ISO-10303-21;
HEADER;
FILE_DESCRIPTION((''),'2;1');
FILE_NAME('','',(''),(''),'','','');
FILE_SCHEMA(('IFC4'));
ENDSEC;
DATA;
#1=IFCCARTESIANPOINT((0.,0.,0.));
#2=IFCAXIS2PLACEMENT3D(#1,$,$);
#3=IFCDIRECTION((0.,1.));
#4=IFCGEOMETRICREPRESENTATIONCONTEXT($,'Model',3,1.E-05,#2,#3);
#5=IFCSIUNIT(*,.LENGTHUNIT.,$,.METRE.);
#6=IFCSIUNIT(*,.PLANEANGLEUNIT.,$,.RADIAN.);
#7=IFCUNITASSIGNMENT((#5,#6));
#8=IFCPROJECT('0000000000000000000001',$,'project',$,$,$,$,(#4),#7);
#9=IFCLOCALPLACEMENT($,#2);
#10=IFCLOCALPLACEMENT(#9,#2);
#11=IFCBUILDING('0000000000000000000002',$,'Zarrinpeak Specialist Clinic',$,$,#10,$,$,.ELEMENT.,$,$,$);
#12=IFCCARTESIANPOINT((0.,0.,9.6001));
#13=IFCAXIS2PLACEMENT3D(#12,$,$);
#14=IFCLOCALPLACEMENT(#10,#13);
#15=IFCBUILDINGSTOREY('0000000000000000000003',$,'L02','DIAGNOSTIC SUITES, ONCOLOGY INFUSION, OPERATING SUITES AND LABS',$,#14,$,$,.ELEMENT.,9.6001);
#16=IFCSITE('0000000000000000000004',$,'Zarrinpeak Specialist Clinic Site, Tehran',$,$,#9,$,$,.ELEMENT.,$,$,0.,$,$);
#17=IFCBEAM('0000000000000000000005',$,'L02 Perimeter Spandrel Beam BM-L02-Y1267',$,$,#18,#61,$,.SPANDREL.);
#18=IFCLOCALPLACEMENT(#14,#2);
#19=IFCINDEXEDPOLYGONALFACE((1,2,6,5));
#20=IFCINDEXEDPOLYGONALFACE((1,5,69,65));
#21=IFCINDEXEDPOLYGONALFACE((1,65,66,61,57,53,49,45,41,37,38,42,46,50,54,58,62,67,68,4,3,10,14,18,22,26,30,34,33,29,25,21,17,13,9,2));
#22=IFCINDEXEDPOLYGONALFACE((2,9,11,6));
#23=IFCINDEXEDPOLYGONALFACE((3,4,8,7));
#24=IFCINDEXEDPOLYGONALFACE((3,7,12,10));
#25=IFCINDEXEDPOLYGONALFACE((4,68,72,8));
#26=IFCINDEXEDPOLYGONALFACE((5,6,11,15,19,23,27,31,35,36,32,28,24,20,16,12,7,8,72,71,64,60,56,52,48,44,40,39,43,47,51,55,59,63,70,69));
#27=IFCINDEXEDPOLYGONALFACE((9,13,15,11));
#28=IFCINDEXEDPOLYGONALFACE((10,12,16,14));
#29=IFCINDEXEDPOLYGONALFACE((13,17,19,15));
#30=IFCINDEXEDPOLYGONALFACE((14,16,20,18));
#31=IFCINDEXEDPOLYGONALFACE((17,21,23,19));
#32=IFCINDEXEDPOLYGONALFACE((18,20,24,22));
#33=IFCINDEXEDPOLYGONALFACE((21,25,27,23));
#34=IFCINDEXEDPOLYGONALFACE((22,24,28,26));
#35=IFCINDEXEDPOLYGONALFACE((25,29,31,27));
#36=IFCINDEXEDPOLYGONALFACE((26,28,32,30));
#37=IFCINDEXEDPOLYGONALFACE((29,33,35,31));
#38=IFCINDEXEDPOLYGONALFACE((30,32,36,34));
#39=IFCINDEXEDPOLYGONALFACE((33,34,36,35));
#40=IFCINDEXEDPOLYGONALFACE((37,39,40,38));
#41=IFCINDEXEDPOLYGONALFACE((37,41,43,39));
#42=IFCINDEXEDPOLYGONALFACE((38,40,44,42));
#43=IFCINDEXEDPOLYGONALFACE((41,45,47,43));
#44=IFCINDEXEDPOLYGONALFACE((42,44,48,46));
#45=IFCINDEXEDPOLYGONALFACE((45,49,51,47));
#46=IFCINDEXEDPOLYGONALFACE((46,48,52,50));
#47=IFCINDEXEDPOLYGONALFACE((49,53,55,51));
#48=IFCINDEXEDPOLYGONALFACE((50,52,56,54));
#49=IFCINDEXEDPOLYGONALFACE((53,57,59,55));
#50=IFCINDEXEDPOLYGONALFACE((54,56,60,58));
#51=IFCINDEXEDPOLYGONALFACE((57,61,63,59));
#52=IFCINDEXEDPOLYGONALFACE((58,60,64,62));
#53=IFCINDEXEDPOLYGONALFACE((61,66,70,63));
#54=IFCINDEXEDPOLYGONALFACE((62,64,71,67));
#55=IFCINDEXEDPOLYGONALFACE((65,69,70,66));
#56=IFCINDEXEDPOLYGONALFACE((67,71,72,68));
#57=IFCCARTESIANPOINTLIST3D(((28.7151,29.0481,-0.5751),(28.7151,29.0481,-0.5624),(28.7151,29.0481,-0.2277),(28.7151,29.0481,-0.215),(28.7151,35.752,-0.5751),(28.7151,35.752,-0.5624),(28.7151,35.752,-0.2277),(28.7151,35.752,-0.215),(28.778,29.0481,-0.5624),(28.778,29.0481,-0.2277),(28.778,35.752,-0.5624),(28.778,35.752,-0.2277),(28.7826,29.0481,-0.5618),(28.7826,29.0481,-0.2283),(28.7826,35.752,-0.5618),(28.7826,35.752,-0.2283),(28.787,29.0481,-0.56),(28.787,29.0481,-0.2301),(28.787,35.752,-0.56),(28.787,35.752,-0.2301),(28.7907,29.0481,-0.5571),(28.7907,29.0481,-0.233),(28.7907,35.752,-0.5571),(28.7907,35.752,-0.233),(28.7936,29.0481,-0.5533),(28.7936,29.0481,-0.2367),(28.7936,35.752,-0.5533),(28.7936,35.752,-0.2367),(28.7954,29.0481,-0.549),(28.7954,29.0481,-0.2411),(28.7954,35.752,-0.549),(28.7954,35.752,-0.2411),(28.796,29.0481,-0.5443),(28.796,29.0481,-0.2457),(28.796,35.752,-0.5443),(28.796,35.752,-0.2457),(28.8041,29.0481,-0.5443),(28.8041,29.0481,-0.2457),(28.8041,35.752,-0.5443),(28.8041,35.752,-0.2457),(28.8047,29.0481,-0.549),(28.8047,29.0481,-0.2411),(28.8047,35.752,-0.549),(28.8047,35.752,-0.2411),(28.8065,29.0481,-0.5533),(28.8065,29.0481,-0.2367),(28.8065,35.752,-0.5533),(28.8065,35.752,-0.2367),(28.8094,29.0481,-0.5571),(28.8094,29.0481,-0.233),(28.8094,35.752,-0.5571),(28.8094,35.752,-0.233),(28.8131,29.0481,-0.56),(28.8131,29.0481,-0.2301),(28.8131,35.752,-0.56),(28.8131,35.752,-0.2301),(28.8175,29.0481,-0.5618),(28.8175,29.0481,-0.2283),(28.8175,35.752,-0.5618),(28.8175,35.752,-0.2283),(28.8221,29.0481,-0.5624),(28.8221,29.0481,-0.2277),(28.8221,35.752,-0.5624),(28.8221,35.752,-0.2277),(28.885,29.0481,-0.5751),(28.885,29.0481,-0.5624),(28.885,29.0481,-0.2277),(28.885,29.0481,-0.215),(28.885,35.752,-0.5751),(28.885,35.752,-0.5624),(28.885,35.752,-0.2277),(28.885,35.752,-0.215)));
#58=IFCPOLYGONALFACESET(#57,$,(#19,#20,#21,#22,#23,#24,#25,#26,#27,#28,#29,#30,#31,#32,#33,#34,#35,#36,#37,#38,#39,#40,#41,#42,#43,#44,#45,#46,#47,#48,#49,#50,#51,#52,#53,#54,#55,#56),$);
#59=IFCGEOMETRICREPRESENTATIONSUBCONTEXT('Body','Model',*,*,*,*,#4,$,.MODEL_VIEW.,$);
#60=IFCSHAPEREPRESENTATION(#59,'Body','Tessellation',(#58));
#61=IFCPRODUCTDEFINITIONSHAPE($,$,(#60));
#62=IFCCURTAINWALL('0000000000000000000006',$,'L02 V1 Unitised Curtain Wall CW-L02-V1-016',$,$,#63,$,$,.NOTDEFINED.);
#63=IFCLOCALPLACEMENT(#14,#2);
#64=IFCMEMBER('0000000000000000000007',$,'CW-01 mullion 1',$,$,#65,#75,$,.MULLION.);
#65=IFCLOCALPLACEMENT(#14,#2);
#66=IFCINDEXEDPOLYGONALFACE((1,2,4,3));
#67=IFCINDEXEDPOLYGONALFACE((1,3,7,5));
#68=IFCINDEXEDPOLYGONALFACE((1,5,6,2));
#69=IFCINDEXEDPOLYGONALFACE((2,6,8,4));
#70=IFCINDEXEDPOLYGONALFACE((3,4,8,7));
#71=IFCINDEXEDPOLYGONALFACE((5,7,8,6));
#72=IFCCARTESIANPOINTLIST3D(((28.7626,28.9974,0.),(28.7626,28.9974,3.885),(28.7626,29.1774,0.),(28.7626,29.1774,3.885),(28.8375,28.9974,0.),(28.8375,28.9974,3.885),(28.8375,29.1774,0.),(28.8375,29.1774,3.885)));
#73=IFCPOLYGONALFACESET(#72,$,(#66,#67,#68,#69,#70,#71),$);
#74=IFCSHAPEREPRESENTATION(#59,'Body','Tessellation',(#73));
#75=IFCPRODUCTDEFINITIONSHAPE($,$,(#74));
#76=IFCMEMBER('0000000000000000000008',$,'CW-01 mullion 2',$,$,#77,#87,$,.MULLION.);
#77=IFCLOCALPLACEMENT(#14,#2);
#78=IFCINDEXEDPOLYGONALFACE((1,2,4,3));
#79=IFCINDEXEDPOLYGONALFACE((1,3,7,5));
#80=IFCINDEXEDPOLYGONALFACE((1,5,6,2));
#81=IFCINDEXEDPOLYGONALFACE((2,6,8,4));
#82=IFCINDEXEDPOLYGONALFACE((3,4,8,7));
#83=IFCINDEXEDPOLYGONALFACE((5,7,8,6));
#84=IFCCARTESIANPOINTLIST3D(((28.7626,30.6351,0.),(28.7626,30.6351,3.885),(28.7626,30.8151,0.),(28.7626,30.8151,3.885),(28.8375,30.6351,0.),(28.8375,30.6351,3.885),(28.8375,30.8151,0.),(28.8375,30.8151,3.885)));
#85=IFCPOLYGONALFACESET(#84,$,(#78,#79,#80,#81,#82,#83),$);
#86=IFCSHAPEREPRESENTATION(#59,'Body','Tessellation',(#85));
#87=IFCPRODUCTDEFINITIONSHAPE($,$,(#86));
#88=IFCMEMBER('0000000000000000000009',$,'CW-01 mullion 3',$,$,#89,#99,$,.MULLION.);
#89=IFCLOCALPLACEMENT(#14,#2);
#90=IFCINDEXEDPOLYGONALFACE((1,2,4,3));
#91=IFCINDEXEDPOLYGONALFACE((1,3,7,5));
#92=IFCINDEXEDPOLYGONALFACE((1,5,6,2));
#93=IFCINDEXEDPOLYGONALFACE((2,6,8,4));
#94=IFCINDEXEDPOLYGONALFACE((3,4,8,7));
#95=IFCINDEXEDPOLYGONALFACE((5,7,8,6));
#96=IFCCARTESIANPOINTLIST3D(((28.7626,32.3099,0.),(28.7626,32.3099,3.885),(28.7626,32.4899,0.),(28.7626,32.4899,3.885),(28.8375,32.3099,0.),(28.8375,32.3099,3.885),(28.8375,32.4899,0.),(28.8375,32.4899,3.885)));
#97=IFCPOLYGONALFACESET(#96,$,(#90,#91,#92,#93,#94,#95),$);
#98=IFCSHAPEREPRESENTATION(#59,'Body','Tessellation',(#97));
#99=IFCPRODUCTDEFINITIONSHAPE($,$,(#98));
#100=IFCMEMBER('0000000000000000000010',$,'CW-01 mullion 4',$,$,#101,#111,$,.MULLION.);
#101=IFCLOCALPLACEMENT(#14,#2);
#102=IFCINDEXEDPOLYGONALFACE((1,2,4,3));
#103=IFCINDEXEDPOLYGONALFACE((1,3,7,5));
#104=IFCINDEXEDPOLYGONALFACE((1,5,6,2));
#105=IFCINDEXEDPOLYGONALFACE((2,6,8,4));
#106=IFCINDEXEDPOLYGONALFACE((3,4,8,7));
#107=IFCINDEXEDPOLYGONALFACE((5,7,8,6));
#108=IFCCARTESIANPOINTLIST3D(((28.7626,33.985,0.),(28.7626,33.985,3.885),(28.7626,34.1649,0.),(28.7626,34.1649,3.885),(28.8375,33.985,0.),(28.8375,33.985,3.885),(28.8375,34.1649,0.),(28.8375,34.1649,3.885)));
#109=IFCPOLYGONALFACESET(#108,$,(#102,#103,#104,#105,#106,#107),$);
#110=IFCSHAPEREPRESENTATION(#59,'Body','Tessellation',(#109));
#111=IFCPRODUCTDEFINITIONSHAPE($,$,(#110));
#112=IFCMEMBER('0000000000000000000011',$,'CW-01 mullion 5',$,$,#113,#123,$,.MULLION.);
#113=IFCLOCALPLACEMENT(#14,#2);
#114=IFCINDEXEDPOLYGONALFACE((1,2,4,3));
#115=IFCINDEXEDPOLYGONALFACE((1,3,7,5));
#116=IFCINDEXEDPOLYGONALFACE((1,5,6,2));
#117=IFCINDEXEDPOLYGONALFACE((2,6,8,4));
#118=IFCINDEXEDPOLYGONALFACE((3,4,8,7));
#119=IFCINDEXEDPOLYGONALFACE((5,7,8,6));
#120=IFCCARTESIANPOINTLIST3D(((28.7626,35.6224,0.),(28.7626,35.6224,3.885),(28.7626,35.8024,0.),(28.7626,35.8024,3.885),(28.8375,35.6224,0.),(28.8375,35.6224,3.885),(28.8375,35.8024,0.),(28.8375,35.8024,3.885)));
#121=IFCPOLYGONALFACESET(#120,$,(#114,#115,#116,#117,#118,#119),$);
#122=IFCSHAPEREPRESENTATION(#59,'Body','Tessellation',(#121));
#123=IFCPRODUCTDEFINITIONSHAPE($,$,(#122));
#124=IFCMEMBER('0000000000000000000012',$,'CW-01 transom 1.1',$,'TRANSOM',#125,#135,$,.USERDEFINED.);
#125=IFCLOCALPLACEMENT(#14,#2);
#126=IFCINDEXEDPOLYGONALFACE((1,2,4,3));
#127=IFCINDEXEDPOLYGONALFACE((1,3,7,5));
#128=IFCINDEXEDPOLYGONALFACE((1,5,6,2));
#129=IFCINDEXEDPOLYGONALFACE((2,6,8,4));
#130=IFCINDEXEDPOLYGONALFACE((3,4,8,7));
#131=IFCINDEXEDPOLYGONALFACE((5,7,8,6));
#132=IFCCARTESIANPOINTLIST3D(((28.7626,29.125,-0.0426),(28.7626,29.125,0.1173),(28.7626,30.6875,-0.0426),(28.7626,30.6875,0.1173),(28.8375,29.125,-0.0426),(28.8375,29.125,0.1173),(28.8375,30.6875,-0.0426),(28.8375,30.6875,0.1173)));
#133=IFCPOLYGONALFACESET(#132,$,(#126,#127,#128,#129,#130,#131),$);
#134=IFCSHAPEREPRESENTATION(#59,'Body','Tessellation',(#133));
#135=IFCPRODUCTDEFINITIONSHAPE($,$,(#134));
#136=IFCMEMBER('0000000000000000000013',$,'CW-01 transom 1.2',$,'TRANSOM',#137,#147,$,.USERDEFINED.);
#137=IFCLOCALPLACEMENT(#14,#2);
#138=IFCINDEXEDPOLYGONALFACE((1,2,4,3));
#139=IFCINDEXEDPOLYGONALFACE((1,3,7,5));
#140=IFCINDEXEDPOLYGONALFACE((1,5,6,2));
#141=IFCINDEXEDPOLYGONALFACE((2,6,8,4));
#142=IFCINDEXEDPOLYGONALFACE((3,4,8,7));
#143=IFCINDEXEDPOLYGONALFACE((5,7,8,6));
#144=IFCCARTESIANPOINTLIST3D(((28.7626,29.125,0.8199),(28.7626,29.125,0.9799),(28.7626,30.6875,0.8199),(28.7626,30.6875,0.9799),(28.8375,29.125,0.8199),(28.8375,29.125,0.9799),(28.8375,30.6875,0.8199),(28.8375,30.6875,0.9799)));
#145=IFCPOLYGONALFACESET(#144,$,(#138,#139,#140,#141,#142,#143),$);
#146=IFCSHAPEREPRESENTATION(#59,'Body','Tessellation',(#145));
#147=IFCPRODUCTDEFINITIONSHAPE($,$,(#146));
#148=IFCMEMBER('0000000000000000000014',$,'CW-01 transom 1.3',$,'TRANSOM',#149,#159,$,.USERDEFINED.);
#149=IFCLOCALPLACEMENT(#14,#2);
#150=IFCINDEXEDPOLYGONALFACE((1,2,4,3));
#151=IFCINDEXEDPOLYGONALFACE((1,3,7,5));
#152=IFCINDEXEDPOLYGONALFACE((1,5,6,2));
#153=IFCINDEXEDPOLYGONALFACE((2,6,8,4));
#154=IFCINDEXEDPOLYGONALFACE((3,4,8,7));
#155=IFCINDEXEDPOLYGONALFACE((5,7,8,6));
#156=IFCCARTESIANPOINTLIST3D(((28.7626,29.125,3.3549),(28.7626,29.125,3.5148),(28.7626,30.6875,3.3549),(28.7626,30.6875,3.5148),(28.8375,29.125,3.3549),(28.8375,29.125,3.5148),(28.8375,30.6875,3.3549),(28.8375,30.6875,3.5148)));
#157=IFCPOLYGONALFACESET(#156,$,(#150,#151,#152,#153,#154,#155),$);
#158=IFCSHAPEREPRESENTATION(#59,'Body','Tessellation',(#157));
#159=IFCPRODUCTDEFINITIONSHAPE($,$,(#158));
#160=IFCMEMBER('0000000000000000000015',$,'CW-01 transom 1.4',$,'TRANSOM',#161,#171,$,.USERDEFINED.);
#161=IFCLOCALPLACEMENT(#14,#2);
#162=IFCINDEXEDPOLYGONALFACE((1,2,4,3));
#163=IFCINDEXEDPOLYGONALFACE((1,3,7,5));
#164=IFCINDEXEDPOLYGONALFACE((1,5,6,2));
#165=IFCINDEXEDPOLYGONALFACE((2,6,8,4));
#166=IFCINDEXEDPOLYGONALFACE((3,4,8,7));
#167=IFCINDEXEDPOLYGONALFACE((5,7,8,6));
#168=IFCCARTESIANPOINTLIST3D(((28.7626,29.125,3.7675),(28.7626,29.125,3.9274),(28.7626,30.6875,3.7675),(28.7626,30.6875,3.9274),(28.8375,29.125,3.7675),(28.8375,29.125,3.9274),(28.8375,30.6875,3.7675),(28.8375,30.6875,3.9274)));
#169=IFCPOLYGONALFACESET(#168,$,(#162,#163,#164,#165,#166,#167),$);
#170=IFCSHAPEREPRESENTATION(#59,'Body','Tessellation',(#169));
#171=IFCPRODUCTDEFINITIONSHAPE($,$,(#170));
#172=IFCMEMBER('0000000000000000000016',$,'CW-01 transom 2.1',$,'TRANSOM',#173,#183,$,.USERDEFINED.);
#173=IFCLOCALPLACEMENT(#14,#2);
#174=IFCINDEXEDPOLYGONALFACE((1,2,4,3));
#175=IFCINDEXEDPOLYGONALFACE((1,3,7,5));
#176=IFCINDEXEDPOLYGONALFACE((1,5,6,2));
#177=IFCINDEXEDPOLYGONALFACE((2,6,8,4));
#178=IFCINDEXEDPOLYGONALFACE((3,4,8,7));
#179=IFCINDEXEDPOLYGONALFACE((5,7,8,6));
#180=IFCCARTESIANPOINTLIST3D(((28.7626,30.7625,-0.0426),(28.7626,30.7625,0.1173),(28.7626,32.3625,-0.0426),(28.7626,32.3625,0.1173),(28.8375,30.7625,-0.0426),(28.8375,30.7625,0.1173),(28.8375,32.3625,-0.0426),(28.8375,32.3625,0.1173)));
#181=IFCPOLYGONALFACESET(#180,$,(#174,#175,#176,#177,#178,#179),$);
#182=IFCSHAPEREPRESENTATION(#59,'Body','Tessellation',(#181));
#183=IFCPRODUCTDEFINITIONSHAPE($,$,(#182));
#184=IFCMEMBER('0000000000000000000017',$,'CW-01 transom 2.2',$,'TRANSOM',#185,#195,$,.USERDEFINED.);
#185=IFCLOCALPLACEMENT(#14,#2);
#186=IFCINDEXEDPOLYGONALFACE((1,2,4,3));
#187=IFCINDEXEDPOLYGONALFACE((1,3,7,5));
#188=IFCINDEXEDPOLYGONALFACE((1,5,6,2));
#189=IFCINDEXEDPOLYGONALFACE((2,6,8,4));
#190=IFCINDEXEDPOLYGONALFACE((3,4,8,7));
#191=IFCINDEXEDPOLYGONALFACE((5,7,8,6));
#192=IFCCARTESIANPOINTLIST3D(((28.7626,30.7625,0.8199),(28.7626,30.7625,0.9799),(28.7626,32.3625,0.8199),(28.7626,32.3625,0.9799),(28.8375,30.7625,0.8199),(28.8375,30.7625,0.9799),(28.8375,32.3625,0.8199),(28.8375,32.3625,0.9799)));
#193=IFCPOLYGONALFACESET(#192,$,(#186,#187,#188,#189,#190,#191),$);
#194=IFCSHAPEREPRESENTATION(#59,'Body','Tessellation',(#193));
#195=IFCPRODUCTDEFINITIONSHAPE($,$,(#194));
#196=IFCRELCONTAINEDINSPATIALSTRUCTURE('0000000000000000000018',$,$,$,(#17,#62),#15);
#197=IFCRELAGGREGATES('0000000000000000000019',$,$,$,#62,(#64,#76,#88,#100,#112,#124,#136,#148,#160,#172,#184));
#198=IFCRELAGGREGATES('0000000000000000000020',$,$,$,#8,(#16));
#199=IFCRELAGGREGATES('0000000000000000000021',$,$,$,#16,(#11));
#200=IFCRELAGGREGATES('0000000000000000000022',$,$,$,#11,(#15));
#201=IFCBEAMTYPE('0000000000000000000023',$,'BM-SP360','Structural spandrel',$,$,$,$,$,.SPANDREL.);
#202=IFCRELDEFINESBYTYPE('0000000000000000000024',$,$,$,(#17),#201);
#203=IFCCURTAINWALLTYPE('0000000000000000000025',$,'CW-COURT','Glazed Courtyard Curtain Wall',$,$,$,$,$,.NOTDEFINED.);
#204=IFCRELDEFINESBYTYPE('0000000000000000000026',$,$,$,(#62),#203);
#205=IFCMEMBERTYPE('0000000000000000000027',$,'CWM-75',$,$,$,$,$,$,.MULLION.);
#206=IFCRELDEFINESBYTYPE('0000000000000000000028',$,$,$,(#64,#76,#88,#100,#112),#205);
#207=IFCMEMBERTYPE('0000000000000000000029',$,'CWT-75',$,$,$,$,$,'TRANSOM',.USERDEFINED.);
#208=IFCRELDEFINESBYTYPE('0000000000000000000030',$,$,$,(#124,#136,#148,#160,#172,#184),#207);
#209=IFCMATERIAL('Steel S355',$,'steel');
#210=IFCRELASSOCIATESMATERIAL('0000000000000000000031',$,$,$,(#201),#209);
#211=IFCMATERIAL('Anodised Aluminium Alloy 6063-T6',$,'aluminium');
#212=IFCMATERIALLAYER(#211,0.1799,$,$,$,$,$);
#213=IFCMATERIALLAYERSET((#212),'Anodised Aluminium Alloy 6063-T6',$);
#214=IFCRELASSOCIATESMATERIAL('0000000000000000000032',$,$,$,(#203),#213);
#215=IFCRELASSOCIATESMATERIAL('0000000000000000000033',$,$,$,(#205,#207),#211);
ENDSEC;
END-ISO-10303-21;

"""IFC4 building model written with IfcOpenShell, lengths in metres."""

from ifc_helpers import new_model, si_unit, direction, frame, origin, origin_2d, place, context, subcontext, project, spatial, rectangle, i_section, extrude, material, layer, layer_set, material_profile, profile_set, type_object, element, aggregate, save


model = new_model("IFC4")

# Units and contexts
model_context = context("Model", 3, precision=1e-05, world=origin(), true_north=direction((0.0, 1.0)))
body_context = subcontext(model_context, "Body", "Model", "MODEL_VIEW")
ifc_project = project(units=[si_unit("LENGTHUNIT", "METRE"), si_unit("PLANEANGLEUNIT", "RADIAN")], contexts=[model_context])

# Site, building, storey
site_placement = place(None, origin())
site = spatial("IfcSite", under=ifc_project, at=site_placement, Name="Zarrinpeak Specialist Clinic Site, Tehran", CompositionType="ELEMENT", RefElevation=0.0)
building_placement = place(site_placement, origin())
building = spatial("IfcBuilding", under=site, at=building_placement, Name="Zarrinpeak Specialist Clinic", CompositionType="ELEMENT")
storey_placement = place(building_placement, frame((0.0, 0.0, 9.6001)))
storey = spatial("IfcBuildingStorey", under=building, at=storey_placement, Name="L02", Description="DIAGNOSTIC SUITES, ONCOLOGY INFUSION, OPERATING SUITES AND LABS", CompositionType="ELEMENT", Elevation=9.6001)

# Beam
ifc_material_1 = material(Name="Steel S355", Category="steel")
ifc_material_profile_1 = material_profile(ifc_material_1, i_section(OverallWidth=0.1699, OverallDepth=0.3601, WebThickness=0.0081, FlangeThickness=0.0127, FilletRadius=0.0181, at=origin_2d()), Name="IPE 360")
ifc_profile_set_1 = profile_set([ifc_material_profile_1], Name="Steel S355")
beam_type = type_object("IfcBeamType", Name="BM-SP360", Description="Structural spandrel", PredefinedType="SPANDREL", material=ifc_profile_set_1)
beam_placement = place(storey_placement, frame((28.8, 29.0481, -0.395), z_axis=(0.0, 1.0, 0.0), x_axis=(-1.0, 0.0, 0.0)))
element("IfcBeam", 1, at=beam_placement, inside=storey, type_object=beam_type, Name="L02 Perimeter Spandrel Beam BM-L02-Y1267", PredefinedType="SPANDREL", context=body_context, shape_type="SweptSolid", body=[
    extrude(i_section(OverallWidth=0.1699, OverallDepth=0.3601, WebThickness=0.0081, FlangeThickness=0.0127, FilletRadius=0.0181, at=origin_2d()), origin(), (0.0, 0.0, 1.0), 6.7039),
])

# Curtain wall, members
ifc_material_2 = material(Name="Anodised Aluminium Alloy 6063-T6", Category="aluminium")
ifc_layer_1 = layer(ifc_material_2, 0.1799)
ifc_layer_set_1 = layer_set([ifc_layer_1], Name="Anodised Aluminium Alloy 6063-T6")
curtain_wall_type = type_object("IfcCurtainWallType", Name="CW-COURT", Description="Glazed Courtyard Curtain Wall", PredefinedType="NOTDEFINED", material=ifc_layer_set_1)
curtain_wall_placement = place(storey_placement, origin())
curtain_wall = element("IfcCurtainWall", 2, at=curtain_wall_placement, inside=storey, type_object=curtain_wall_type, Name="L02 V1 Unitised Curtain Wall CW-L02-V1-016", PredefinedType="NOTDEFINED")
ifc_material_profile_2 = material_profile(ifc_material_2, rectangle(XDim=0.075, YDim=0.1799, at=origin_2d()), Name="ALU 75x180")
ifc_profile_set_2 = profile_set([ifc_material_profile_2], Name="Anodised Aluminium Alloy 6063-T6")
member_type_1 = type_object("IfcMemberType", Name="CWM-75", PredefinedType="MULLION", material=ifc_profile_set_2)
member_1_placement = place(storey_placement, frame((28.8, 29.0874, 0.0), z_axis=(0.0, 0.0, 1.0), x_axis=(-1.0, 0.0, 0.0)))
member_1 = element("IfcMember", 3, at=member_1_placement, type_object=member_type_1, Name="CW-01 mullion 1", PredefinedType="MULLION", context=body_context, shape_type="SweptSolid", body=[
    extrude(rectangle(XDim=0.075, YDim=0.1799, at=origin_2d()), origin(), (0.0, 0.0, 1.0), 3.885),
])
member_2_placement = place(storey_placement, frame((28.8, 30.7251, 0.0), z_axis=(0.0, 0.0, 1.0), x_axis=(-1.0, 0.0, 0.0)))
member_2 = element("IfcMember", 4, at=member_2_placement, type_object=member_type_1, Name="CW-01 mullion 2", PredefinedType="MULLION", context=body_context, shape_type="SweptSolid", body=[
    extrude(rectangle(XDim=0.075, YDim=0.1799, at=origin_2d()), origin(), (0.0, 0.0, 1.0), 3.885),
])
member_3_placement = place(storey_placement, frame((28.8, 32.3999, 0.0), z_axis=(0.0, 0.0, 1.0), x_axis=(-1.0, 0.0, 0.0)))
member_3 = element("IfcMember", 5, at=member_3_placement, type_object=member_type_1, Name="CW-01 mullion 3", PredefinedType="MULLION", context=body_context, shape_type="SweptSolid", body=[
    extrude(rectangle(XDim=0.075, YDim=0.1799, at=origin_2d()), origin(), (0.0, 0.0, 1.0), 3.885),
])
member_4_placement = place(storey_placement, frame((28.8, 34.075, 0.0), z_axis=(0.0, 0.0, 1.0), x_axis=(-1.0, 0.0, 0.0)))
member_4 = element("IfcMember", 6, at=member_4_placement, type_object=member_type_1, Name="CW-01 mullion 4", PredefinedType="MULLION", context=body_context, shape_type="SweptSolid", body=[
    extrude(rectangle(XDim=0.075, YDim=0.1799, at=origin_2d()), origin(), (0.0, 0.0, 1.0), 3.885),
])
member_5_placement = place(storey_placement, frame((28.8, 35.7124, 0.0), z_axis=(0.0, 0.0, 1.0), x_axis=(-1.0, 0.0, 0.0)))
member_5 = element("IfcMember", 7, at=member_5_placement, type_object=member_type_1, Name="CW-01 mullion 5", PredefinedType="MULLION", context=body_context, shape_type="SweptSolid", body=[
    extrude(rectangle(XDim=0.075, YDim=0.1799, at=origin_2d()), origin(), (0.0, 0.0, 1.0), 3.885),
])
ifc_material_profile_3 = material_profile(ifc_material_2, rectangle(XDim=0.075, YDim=0.1599, at=origin_2d()), Name="ALU 75x160")
ifc_profile_set_3 = profile_set([ifc_material_profile_3], Name="Anodised Aluminium Alloy 6063-T6")
member_type_2 = type_object("IfcMemberType", Name="CWT-75", ElementType="TRANSOM", PredefinedType="USERDEFINED", material=ifc_profile_set_3)
member_6_placement = place(storey_placement, frame((28.8, 29.125, 0.0374), z_axis=(0.0, 1.0, 0.0), x_axis=(-1.0, 0.0, 0.0)))
member_6 = element("IfcMember", 8, at=member_6_placement, type_object=member_type_2, Name="CW-01 transom 1.1", ObjectType="TRANSOM", PredefinedType="USERDEFINED", context=body_context, shape_type="SweptSolid", body=[
    extrude(rectangle(XDim=0.075, YDim=0.1599, at=origin_2d()), origin(), (0.0, 0.0, 1.0), 1.5625),
])
member_7_placement = place(storey_placement, frame((28.8, 29.125, 0.8999), z_axis=(0.0, 1.0, 0.0), x_axis=(-1.0, 0.0, 0.0)))
member_7 = element("IfcMember", 9, at=member_7_placement, type_object=member_type_2, Name="CW-01 transom 1.2", ObjectType="TRANSOM", PredefinedType="USERDEFINED", context=body_context, shape_type="SweptSolid", body=[
    extrude(rectangle(XDim=0.075, YDim=0.1599, at=origin_2d()), origin(), (0.0, 0.0, 1.0), 1.5625),
])
member_8_placement = place(storey_placement, frame((28.8, 29.125, 3.4348), z_axis=(0.0, 1.0, 0.0), x_axis=(-1.0, 0.0, 0.0)))
member_8 = element("IfcMember", 10, at=member_8_placement, type_object=member_type_2, Name="CW-01 transom 1.3", ObjectType="TRANSOM", PredefinedType="USERDEFINED", context=body_context, shape_type="SweptSolid", body=[
    extrude(rectangle(XDim=0.075, YDim=0.1599, at=origin_2d()), origin(), (0.0, 0.0, 1.0), 1.5625),
])
member_9_placement = place(storey_placement, frame((28.8, 29.125, 3.8474), z_axis=(0.0, 1.0, 0.0), x_axis=(-1.0, 0.0, 0.0)))
member_9 = element("IfcMember", 11, at=member_9_placement, type_object=member_type_2, Name="CW-01 transom 1.4", ObjectType="TRANSOM", PredefinedType="USERDEFINED", context=body_context, shape_type="SweptSolid", body=[
    extrude(rectangle(XDim=0.075, YDim=0.1599, at=origin_2d()), origin(), (0.0, 0.0, 1.0), 1.5625),
])
member_10_placement = place(storey_placement, frame((28.8, 30.7625, 0.0374), z_axis=(0.0, 1.0, 0.0), x_axis=(-1.0, 0.0, 0.0)))
member_10 = element("IfcMember", 12, at=member_10_placement, type_object=member_type_2, Name="CW-01 transom 2.1", ObjectType="TRANSOM", PredefinedType="USERDEFINED", context=body_context, shape_type="SweptSolid", body=[
    extrude(rectangle(XDim=0.075, YDim=0.1599, at=origin_2d()), origin(), (0.0, 0.0, 1.0), 1.6001),
])
member_11_placement = place(storey_placement, frame((28.8, 30.7625, 0.8999), z_axis=(0.0, 1.0, 0.0), x_axis=(-1.0, 0.0, 0.0)))
member_11 = element("IfcMember", 13, at=member_11_placement, type_object=member_type_2, Name="CW-01 transom 2.2", ObjectType="TRANSOM", PredefinedType="USERDEFINED", context=body_context, shape_type="SweptSolid", body=[
    extrude(rectangle(XDim=0.075, YDim=0.1599, at=origin_2d()), origin(), (0.0, 0.0, 1.0), 1.6001),
])
aggregate(curtain_wall, [member_1, member_2, member_3, member_4, member_5, member_6, member_7, member_8, member_9, member_10, member_11])

save(model, "model.ifc")
